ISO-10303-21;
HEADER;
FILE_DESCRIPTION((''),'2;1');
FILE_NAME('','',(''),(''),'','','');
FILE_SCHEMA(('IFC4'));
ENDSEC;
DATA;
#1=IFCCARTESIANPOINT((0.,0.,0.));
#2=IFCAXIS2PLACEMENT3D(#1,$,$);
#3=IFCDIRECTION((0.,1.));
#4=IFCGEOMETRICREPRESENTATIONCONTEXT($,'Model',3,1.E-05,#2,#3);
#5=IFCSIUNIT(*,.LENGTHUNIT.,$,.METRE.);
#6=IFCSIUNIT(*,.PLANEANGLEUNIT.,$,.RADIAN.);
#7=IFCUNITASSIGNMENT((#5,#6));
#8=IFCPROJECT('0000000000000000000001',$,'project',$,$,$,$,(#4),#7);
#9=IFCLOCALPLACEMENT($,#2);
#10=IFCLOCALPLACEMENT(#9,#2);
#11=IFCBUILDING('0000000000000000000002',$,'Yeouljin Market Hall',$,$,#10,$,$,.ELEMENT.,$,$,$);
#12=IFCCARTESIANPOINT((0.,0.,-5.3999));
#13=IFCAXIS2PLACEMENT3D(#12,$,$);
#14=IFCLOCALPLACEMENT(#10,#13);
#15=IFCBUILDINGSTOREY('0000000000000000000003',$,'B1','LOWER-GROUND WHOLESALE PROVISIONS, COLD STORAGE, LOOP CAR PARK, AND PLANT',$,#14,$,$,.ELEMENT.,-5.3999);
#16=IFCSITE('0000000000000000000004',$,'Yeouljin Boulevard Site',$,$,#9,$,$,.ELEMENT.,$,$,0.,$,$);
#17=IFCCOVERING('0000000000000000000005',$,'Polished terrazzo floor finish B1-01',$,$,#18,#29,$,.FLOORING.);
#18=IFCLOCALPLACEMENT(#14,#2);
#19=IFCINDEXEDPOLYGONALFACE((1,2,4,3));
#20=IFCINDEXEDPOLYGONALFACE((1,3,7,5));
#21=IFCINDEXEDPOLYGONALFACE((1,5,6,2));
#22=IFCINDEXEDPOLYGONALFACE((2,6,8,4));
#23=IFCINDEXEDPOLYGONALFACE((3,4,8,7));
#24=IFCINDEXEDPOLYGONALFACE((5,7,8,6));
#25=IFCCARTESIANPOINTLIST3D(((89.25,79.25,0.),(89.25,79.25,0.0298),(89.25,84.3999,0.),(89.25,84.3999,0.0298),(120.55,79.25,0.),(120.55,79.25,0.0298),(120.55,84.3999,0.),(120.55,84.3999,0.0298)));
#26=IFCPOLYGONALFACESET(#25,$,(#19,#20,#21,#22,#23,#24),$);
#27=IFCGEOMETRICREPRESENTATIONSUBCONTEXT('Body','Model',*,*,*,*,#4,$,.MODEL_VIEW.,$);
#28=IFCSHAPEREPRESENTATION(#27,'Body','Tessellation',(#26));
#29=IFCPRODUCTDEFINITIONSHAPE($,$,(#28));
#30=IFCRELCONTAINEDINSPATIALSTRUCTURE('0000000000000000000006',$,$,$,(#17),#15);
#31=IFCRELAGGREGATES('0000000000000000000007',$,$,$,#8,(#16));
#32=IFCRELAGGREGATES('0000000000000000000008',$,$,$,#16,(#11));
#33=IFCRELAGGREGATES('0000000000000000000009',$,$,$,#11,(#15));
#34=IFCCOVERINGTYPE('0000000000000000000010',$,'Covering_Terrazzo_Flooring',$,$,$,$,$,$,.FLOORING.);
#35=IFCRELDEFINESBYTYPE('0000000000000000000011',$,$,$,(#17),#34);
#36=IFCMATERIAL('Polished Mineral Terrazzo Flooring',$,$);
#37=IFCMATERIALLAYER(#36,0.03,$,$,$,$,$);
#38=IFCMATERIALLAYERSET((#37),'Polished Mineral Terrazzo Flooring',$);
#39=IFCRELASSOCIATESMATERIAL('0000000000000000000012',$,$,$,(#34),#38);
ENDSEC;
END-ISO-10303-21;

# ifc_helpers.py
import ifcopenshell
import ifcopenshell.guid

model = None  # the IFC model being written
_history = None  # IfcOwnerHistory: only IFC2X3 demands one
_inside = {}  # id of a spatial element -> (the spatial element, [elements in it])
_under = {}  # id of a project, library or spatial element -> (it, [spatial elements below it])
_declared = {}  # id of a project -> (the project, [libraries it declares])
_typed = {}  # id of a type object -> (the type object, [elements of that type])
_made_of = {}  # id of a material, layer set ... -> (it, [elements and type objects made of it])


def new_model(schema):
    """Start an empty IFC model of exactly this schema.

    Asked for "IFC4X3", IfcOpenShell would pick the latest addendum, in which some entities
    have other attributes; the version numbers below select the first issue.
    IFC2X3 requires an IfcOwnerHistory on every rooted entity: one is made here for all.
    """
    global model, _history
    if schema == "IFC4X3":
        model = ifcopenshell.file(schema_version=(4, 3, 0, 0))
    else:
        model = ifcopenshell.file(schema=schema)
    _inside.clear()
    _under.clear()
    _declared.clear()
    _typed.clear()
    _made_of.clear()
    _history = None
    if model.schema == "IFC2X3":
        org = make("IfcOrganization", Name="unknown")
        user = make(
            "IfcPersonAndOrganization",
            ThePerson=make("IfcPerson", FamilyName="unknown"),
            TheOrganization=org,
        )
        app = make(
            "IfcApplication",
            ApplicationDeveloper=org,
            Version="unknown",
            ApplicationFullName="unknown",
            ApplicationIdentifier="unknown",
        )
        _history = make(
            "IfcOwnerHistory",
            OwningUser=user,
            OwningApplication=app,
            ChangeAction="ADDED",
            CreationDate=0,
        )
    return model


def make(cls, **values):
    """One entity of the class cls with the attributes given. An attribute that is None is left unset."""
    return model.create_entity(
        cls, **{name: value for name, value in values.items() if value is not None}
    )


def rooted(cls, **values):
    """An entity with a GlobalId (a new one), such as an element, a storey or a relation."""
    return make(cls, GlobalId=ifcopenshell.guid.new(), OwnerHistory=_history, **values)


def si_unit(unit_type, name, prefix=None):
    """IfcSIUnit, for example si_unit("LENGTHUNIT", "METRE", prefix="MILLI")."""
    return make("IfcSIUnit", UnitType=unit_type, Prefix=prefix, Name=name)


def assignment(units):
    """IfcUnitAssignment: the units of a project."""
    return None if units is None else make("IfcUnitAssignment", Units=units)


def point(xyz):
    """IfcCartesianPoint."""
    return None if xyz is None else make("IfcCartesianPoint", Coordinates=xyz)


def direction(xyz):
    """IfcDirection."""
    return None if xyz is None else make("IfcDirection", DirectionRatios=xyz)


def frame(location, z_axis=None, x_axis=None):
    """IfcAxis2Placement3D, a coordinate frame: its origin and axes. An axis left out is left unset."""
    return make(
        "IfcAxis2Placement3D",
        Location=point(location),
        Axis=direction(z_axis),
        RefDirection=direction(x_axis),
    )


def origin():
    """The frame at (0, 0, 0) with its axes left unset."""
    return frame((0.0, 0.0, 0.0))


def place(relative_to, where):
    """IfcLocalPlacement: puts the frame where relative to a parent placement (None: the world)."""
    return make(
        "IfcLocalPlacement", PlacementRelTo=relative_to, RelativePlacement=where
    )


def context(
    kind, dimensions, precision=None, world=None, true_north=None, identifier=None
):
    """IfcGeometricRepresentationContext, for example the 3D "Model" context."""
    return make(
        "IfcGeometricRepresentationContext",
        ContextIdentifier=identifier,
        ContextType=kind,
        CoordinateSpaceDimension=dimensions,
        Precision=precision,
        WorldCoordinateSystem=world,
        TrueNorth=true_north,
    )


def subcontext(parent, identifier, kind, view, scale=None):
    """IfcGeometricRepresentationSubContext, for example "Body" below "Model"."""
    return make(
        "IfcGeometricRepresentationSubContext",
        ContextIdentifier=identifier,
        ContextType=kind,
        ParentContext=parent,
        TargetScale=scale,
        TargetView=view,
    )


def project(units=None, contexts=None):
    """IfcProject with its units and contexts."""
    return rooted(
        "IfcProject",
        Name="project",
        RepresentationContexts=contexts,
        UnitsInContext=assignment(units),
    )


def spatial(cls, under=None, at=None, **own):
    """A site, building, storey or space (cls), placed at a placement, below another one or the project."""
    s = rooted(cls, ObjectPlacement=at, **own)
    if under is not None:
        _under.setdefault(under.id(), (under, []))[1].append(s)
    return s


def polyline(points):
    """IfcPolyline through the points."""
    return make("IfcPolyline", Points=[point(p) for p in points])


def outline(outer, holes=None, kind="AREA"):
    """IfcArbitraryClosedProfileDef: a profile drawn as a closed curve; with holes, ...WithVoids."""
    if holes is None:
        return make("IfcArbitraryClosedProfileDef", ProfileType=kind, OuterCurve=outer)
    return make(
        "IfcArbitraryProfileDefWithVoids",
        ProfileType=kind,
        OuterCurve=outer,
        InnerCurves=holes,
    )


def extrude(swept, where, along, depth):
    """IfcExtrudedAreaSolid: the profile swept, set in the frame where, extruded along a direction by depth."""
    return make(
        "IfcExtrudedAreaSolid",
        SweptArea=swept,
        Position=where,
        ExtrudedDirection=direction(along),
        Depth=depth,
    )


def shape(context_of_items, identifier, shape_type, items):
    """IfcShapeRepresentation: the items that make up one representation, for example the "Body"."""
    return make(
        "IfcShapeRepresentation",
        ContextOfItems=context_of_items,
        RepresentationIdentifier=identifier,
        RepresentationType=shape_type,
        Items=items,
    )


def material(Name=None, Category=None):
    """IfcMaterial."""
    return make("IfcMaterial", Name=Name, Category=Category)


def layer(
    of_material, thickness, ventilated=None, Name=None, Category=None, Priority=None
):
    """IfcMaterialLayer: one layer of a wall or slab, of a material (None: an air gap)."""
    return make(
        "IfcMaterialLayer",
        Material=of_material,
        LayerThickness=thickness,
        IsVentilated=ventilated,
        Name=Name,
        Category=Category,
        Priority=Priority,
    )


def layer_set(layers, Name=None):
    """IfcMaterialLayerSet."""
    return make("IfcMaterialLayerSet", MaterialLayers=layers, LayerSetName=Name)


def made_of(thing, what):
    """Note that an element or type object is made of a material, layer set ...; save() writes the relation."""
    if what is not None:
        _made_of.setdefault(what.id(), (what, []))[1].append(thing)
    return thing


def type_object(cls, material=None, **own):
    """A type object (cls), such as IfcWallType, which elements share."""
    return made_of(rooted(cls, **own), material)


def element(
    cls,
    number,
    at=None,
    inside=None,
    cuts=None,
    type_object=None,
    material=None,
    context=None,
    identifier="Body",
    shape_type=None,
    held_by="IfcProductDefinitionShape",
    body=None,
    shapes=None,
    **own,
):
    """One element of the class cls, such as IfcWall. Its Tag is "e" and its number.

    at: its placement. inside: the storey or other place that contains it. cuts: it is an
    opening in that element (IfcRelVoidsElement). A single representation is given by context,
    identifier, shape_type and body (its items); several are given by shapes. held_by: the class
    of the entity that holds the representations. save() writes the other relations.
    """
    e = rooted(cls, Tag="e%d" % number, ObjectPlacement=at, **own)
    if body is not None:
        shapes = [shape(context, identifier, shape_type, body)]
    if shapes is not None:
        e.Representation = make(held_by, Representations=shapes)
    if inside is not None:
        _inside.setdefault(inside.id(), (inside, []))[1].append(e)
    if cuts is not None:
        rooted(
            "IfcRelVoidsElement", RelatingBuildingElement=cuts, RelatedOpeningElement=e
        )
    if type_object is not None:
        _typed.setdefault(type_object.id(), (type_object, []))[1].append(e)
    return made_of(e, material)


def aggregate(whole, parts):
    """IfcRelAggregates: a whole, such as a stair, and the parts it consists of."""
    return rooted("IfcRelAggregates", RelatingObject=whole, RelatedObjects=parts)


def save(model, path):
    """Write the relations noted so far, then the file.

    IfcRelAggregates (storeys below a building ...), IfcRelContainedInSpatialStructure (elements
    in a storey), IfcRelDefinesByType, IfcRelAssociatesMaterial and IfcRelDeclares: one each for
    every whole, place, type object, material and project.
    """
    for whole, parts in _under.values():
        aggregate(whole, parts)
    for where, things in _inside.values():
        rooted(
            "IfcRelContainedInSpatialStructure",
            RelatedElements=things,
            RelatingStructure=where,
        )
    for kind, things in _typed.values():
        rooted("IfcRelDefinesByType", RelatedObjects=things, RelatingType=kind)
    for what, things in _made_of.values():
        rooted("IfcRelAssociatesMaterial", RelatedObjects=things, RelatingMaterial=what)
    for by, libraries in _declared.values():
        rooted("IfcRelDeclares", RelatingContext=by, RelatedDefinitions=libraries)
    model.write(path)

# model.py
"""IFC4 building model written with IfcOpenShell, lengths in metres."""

from ifc_helpers import new_model, si_unit, direction, frame, origin, place, context, subcontext, project, spatial, polyline, outline, extrude, material, layer, layer_set, type_object, element, save


model = new_model("IFC4")

# Units and contexts
model_context = context("Model", 3, precision=1e-05, world=origin(), true_north=direction((0.0, 1.0)))
body_context = subcontext(model_context, "Body", "Model", "MODEL_VIEW")
ifc_project = project(units=[si_unit("LENGTHUNIT", "METRE"), si_unit("PLANEANGLEUNIT", "RADIAN")], contexts=[model_context])

# Site, building, storey
site_placement = place(None, origin())
site = spatial("IfcSite", under=ifc_project, at=site_placement, Name="Yeouljin Boulevard Site", CompositionType="ELEMENT", RefElevation=0.0)
building_placement = place(site_placement, origin())
building = spatial("IfcBuilding", under=site, at=building_placement, Name="Yeouljin Market Hall", CompositionType="ELEMENT")
storey_placement = place(building_placement, frame((0.0, 0.0, -5.3999)))
storey = spatial("IfcBuildingStorey", under=building, at=storey_placement, Name="B1", Description="LOWER-GROUND WHOLESALE PROVISIONS, COLD STORAGE, LOOP CAR PARK, AND PLANT", CompositionType="ELEMENT", Elevation=-5.3999)

# Covering
ifc_material_1 = material(Name="Polished Mineral Terrazzo Flooring")
ifc_layer_1 = layer(ifc_material_1, 0.03)
ifc_layer_set_1 = layer_set([ifc_layer_1], Name="Polished Mineral Terrazzo Flooring")
covering_type = type_object("IfcCoveringType", Name="Covering_Terrazzo_Flooring", PredefinedType="FLOORING", material=ifc_layer_set_1)
covering_placement = place(storey_placement, origin())
element("IfcCovering", 1, at=covering_placement, inside=storey, type_object=covering_type, Name="Polished terrazzo floor finish B1-01", PredefinedType="FLOORING", context=body_context, shape_type="SweptSolid", body=[
    extrude(outline(polyline([(120.55, 79.25), (120.55, 84.3999), (89.25, 84.3999), (89.25, 79.25), (120.55, 79.25)])), origin(), (0.0, 0.0, 1.0), 0.0298),
])

save(model, "model.ifc")
